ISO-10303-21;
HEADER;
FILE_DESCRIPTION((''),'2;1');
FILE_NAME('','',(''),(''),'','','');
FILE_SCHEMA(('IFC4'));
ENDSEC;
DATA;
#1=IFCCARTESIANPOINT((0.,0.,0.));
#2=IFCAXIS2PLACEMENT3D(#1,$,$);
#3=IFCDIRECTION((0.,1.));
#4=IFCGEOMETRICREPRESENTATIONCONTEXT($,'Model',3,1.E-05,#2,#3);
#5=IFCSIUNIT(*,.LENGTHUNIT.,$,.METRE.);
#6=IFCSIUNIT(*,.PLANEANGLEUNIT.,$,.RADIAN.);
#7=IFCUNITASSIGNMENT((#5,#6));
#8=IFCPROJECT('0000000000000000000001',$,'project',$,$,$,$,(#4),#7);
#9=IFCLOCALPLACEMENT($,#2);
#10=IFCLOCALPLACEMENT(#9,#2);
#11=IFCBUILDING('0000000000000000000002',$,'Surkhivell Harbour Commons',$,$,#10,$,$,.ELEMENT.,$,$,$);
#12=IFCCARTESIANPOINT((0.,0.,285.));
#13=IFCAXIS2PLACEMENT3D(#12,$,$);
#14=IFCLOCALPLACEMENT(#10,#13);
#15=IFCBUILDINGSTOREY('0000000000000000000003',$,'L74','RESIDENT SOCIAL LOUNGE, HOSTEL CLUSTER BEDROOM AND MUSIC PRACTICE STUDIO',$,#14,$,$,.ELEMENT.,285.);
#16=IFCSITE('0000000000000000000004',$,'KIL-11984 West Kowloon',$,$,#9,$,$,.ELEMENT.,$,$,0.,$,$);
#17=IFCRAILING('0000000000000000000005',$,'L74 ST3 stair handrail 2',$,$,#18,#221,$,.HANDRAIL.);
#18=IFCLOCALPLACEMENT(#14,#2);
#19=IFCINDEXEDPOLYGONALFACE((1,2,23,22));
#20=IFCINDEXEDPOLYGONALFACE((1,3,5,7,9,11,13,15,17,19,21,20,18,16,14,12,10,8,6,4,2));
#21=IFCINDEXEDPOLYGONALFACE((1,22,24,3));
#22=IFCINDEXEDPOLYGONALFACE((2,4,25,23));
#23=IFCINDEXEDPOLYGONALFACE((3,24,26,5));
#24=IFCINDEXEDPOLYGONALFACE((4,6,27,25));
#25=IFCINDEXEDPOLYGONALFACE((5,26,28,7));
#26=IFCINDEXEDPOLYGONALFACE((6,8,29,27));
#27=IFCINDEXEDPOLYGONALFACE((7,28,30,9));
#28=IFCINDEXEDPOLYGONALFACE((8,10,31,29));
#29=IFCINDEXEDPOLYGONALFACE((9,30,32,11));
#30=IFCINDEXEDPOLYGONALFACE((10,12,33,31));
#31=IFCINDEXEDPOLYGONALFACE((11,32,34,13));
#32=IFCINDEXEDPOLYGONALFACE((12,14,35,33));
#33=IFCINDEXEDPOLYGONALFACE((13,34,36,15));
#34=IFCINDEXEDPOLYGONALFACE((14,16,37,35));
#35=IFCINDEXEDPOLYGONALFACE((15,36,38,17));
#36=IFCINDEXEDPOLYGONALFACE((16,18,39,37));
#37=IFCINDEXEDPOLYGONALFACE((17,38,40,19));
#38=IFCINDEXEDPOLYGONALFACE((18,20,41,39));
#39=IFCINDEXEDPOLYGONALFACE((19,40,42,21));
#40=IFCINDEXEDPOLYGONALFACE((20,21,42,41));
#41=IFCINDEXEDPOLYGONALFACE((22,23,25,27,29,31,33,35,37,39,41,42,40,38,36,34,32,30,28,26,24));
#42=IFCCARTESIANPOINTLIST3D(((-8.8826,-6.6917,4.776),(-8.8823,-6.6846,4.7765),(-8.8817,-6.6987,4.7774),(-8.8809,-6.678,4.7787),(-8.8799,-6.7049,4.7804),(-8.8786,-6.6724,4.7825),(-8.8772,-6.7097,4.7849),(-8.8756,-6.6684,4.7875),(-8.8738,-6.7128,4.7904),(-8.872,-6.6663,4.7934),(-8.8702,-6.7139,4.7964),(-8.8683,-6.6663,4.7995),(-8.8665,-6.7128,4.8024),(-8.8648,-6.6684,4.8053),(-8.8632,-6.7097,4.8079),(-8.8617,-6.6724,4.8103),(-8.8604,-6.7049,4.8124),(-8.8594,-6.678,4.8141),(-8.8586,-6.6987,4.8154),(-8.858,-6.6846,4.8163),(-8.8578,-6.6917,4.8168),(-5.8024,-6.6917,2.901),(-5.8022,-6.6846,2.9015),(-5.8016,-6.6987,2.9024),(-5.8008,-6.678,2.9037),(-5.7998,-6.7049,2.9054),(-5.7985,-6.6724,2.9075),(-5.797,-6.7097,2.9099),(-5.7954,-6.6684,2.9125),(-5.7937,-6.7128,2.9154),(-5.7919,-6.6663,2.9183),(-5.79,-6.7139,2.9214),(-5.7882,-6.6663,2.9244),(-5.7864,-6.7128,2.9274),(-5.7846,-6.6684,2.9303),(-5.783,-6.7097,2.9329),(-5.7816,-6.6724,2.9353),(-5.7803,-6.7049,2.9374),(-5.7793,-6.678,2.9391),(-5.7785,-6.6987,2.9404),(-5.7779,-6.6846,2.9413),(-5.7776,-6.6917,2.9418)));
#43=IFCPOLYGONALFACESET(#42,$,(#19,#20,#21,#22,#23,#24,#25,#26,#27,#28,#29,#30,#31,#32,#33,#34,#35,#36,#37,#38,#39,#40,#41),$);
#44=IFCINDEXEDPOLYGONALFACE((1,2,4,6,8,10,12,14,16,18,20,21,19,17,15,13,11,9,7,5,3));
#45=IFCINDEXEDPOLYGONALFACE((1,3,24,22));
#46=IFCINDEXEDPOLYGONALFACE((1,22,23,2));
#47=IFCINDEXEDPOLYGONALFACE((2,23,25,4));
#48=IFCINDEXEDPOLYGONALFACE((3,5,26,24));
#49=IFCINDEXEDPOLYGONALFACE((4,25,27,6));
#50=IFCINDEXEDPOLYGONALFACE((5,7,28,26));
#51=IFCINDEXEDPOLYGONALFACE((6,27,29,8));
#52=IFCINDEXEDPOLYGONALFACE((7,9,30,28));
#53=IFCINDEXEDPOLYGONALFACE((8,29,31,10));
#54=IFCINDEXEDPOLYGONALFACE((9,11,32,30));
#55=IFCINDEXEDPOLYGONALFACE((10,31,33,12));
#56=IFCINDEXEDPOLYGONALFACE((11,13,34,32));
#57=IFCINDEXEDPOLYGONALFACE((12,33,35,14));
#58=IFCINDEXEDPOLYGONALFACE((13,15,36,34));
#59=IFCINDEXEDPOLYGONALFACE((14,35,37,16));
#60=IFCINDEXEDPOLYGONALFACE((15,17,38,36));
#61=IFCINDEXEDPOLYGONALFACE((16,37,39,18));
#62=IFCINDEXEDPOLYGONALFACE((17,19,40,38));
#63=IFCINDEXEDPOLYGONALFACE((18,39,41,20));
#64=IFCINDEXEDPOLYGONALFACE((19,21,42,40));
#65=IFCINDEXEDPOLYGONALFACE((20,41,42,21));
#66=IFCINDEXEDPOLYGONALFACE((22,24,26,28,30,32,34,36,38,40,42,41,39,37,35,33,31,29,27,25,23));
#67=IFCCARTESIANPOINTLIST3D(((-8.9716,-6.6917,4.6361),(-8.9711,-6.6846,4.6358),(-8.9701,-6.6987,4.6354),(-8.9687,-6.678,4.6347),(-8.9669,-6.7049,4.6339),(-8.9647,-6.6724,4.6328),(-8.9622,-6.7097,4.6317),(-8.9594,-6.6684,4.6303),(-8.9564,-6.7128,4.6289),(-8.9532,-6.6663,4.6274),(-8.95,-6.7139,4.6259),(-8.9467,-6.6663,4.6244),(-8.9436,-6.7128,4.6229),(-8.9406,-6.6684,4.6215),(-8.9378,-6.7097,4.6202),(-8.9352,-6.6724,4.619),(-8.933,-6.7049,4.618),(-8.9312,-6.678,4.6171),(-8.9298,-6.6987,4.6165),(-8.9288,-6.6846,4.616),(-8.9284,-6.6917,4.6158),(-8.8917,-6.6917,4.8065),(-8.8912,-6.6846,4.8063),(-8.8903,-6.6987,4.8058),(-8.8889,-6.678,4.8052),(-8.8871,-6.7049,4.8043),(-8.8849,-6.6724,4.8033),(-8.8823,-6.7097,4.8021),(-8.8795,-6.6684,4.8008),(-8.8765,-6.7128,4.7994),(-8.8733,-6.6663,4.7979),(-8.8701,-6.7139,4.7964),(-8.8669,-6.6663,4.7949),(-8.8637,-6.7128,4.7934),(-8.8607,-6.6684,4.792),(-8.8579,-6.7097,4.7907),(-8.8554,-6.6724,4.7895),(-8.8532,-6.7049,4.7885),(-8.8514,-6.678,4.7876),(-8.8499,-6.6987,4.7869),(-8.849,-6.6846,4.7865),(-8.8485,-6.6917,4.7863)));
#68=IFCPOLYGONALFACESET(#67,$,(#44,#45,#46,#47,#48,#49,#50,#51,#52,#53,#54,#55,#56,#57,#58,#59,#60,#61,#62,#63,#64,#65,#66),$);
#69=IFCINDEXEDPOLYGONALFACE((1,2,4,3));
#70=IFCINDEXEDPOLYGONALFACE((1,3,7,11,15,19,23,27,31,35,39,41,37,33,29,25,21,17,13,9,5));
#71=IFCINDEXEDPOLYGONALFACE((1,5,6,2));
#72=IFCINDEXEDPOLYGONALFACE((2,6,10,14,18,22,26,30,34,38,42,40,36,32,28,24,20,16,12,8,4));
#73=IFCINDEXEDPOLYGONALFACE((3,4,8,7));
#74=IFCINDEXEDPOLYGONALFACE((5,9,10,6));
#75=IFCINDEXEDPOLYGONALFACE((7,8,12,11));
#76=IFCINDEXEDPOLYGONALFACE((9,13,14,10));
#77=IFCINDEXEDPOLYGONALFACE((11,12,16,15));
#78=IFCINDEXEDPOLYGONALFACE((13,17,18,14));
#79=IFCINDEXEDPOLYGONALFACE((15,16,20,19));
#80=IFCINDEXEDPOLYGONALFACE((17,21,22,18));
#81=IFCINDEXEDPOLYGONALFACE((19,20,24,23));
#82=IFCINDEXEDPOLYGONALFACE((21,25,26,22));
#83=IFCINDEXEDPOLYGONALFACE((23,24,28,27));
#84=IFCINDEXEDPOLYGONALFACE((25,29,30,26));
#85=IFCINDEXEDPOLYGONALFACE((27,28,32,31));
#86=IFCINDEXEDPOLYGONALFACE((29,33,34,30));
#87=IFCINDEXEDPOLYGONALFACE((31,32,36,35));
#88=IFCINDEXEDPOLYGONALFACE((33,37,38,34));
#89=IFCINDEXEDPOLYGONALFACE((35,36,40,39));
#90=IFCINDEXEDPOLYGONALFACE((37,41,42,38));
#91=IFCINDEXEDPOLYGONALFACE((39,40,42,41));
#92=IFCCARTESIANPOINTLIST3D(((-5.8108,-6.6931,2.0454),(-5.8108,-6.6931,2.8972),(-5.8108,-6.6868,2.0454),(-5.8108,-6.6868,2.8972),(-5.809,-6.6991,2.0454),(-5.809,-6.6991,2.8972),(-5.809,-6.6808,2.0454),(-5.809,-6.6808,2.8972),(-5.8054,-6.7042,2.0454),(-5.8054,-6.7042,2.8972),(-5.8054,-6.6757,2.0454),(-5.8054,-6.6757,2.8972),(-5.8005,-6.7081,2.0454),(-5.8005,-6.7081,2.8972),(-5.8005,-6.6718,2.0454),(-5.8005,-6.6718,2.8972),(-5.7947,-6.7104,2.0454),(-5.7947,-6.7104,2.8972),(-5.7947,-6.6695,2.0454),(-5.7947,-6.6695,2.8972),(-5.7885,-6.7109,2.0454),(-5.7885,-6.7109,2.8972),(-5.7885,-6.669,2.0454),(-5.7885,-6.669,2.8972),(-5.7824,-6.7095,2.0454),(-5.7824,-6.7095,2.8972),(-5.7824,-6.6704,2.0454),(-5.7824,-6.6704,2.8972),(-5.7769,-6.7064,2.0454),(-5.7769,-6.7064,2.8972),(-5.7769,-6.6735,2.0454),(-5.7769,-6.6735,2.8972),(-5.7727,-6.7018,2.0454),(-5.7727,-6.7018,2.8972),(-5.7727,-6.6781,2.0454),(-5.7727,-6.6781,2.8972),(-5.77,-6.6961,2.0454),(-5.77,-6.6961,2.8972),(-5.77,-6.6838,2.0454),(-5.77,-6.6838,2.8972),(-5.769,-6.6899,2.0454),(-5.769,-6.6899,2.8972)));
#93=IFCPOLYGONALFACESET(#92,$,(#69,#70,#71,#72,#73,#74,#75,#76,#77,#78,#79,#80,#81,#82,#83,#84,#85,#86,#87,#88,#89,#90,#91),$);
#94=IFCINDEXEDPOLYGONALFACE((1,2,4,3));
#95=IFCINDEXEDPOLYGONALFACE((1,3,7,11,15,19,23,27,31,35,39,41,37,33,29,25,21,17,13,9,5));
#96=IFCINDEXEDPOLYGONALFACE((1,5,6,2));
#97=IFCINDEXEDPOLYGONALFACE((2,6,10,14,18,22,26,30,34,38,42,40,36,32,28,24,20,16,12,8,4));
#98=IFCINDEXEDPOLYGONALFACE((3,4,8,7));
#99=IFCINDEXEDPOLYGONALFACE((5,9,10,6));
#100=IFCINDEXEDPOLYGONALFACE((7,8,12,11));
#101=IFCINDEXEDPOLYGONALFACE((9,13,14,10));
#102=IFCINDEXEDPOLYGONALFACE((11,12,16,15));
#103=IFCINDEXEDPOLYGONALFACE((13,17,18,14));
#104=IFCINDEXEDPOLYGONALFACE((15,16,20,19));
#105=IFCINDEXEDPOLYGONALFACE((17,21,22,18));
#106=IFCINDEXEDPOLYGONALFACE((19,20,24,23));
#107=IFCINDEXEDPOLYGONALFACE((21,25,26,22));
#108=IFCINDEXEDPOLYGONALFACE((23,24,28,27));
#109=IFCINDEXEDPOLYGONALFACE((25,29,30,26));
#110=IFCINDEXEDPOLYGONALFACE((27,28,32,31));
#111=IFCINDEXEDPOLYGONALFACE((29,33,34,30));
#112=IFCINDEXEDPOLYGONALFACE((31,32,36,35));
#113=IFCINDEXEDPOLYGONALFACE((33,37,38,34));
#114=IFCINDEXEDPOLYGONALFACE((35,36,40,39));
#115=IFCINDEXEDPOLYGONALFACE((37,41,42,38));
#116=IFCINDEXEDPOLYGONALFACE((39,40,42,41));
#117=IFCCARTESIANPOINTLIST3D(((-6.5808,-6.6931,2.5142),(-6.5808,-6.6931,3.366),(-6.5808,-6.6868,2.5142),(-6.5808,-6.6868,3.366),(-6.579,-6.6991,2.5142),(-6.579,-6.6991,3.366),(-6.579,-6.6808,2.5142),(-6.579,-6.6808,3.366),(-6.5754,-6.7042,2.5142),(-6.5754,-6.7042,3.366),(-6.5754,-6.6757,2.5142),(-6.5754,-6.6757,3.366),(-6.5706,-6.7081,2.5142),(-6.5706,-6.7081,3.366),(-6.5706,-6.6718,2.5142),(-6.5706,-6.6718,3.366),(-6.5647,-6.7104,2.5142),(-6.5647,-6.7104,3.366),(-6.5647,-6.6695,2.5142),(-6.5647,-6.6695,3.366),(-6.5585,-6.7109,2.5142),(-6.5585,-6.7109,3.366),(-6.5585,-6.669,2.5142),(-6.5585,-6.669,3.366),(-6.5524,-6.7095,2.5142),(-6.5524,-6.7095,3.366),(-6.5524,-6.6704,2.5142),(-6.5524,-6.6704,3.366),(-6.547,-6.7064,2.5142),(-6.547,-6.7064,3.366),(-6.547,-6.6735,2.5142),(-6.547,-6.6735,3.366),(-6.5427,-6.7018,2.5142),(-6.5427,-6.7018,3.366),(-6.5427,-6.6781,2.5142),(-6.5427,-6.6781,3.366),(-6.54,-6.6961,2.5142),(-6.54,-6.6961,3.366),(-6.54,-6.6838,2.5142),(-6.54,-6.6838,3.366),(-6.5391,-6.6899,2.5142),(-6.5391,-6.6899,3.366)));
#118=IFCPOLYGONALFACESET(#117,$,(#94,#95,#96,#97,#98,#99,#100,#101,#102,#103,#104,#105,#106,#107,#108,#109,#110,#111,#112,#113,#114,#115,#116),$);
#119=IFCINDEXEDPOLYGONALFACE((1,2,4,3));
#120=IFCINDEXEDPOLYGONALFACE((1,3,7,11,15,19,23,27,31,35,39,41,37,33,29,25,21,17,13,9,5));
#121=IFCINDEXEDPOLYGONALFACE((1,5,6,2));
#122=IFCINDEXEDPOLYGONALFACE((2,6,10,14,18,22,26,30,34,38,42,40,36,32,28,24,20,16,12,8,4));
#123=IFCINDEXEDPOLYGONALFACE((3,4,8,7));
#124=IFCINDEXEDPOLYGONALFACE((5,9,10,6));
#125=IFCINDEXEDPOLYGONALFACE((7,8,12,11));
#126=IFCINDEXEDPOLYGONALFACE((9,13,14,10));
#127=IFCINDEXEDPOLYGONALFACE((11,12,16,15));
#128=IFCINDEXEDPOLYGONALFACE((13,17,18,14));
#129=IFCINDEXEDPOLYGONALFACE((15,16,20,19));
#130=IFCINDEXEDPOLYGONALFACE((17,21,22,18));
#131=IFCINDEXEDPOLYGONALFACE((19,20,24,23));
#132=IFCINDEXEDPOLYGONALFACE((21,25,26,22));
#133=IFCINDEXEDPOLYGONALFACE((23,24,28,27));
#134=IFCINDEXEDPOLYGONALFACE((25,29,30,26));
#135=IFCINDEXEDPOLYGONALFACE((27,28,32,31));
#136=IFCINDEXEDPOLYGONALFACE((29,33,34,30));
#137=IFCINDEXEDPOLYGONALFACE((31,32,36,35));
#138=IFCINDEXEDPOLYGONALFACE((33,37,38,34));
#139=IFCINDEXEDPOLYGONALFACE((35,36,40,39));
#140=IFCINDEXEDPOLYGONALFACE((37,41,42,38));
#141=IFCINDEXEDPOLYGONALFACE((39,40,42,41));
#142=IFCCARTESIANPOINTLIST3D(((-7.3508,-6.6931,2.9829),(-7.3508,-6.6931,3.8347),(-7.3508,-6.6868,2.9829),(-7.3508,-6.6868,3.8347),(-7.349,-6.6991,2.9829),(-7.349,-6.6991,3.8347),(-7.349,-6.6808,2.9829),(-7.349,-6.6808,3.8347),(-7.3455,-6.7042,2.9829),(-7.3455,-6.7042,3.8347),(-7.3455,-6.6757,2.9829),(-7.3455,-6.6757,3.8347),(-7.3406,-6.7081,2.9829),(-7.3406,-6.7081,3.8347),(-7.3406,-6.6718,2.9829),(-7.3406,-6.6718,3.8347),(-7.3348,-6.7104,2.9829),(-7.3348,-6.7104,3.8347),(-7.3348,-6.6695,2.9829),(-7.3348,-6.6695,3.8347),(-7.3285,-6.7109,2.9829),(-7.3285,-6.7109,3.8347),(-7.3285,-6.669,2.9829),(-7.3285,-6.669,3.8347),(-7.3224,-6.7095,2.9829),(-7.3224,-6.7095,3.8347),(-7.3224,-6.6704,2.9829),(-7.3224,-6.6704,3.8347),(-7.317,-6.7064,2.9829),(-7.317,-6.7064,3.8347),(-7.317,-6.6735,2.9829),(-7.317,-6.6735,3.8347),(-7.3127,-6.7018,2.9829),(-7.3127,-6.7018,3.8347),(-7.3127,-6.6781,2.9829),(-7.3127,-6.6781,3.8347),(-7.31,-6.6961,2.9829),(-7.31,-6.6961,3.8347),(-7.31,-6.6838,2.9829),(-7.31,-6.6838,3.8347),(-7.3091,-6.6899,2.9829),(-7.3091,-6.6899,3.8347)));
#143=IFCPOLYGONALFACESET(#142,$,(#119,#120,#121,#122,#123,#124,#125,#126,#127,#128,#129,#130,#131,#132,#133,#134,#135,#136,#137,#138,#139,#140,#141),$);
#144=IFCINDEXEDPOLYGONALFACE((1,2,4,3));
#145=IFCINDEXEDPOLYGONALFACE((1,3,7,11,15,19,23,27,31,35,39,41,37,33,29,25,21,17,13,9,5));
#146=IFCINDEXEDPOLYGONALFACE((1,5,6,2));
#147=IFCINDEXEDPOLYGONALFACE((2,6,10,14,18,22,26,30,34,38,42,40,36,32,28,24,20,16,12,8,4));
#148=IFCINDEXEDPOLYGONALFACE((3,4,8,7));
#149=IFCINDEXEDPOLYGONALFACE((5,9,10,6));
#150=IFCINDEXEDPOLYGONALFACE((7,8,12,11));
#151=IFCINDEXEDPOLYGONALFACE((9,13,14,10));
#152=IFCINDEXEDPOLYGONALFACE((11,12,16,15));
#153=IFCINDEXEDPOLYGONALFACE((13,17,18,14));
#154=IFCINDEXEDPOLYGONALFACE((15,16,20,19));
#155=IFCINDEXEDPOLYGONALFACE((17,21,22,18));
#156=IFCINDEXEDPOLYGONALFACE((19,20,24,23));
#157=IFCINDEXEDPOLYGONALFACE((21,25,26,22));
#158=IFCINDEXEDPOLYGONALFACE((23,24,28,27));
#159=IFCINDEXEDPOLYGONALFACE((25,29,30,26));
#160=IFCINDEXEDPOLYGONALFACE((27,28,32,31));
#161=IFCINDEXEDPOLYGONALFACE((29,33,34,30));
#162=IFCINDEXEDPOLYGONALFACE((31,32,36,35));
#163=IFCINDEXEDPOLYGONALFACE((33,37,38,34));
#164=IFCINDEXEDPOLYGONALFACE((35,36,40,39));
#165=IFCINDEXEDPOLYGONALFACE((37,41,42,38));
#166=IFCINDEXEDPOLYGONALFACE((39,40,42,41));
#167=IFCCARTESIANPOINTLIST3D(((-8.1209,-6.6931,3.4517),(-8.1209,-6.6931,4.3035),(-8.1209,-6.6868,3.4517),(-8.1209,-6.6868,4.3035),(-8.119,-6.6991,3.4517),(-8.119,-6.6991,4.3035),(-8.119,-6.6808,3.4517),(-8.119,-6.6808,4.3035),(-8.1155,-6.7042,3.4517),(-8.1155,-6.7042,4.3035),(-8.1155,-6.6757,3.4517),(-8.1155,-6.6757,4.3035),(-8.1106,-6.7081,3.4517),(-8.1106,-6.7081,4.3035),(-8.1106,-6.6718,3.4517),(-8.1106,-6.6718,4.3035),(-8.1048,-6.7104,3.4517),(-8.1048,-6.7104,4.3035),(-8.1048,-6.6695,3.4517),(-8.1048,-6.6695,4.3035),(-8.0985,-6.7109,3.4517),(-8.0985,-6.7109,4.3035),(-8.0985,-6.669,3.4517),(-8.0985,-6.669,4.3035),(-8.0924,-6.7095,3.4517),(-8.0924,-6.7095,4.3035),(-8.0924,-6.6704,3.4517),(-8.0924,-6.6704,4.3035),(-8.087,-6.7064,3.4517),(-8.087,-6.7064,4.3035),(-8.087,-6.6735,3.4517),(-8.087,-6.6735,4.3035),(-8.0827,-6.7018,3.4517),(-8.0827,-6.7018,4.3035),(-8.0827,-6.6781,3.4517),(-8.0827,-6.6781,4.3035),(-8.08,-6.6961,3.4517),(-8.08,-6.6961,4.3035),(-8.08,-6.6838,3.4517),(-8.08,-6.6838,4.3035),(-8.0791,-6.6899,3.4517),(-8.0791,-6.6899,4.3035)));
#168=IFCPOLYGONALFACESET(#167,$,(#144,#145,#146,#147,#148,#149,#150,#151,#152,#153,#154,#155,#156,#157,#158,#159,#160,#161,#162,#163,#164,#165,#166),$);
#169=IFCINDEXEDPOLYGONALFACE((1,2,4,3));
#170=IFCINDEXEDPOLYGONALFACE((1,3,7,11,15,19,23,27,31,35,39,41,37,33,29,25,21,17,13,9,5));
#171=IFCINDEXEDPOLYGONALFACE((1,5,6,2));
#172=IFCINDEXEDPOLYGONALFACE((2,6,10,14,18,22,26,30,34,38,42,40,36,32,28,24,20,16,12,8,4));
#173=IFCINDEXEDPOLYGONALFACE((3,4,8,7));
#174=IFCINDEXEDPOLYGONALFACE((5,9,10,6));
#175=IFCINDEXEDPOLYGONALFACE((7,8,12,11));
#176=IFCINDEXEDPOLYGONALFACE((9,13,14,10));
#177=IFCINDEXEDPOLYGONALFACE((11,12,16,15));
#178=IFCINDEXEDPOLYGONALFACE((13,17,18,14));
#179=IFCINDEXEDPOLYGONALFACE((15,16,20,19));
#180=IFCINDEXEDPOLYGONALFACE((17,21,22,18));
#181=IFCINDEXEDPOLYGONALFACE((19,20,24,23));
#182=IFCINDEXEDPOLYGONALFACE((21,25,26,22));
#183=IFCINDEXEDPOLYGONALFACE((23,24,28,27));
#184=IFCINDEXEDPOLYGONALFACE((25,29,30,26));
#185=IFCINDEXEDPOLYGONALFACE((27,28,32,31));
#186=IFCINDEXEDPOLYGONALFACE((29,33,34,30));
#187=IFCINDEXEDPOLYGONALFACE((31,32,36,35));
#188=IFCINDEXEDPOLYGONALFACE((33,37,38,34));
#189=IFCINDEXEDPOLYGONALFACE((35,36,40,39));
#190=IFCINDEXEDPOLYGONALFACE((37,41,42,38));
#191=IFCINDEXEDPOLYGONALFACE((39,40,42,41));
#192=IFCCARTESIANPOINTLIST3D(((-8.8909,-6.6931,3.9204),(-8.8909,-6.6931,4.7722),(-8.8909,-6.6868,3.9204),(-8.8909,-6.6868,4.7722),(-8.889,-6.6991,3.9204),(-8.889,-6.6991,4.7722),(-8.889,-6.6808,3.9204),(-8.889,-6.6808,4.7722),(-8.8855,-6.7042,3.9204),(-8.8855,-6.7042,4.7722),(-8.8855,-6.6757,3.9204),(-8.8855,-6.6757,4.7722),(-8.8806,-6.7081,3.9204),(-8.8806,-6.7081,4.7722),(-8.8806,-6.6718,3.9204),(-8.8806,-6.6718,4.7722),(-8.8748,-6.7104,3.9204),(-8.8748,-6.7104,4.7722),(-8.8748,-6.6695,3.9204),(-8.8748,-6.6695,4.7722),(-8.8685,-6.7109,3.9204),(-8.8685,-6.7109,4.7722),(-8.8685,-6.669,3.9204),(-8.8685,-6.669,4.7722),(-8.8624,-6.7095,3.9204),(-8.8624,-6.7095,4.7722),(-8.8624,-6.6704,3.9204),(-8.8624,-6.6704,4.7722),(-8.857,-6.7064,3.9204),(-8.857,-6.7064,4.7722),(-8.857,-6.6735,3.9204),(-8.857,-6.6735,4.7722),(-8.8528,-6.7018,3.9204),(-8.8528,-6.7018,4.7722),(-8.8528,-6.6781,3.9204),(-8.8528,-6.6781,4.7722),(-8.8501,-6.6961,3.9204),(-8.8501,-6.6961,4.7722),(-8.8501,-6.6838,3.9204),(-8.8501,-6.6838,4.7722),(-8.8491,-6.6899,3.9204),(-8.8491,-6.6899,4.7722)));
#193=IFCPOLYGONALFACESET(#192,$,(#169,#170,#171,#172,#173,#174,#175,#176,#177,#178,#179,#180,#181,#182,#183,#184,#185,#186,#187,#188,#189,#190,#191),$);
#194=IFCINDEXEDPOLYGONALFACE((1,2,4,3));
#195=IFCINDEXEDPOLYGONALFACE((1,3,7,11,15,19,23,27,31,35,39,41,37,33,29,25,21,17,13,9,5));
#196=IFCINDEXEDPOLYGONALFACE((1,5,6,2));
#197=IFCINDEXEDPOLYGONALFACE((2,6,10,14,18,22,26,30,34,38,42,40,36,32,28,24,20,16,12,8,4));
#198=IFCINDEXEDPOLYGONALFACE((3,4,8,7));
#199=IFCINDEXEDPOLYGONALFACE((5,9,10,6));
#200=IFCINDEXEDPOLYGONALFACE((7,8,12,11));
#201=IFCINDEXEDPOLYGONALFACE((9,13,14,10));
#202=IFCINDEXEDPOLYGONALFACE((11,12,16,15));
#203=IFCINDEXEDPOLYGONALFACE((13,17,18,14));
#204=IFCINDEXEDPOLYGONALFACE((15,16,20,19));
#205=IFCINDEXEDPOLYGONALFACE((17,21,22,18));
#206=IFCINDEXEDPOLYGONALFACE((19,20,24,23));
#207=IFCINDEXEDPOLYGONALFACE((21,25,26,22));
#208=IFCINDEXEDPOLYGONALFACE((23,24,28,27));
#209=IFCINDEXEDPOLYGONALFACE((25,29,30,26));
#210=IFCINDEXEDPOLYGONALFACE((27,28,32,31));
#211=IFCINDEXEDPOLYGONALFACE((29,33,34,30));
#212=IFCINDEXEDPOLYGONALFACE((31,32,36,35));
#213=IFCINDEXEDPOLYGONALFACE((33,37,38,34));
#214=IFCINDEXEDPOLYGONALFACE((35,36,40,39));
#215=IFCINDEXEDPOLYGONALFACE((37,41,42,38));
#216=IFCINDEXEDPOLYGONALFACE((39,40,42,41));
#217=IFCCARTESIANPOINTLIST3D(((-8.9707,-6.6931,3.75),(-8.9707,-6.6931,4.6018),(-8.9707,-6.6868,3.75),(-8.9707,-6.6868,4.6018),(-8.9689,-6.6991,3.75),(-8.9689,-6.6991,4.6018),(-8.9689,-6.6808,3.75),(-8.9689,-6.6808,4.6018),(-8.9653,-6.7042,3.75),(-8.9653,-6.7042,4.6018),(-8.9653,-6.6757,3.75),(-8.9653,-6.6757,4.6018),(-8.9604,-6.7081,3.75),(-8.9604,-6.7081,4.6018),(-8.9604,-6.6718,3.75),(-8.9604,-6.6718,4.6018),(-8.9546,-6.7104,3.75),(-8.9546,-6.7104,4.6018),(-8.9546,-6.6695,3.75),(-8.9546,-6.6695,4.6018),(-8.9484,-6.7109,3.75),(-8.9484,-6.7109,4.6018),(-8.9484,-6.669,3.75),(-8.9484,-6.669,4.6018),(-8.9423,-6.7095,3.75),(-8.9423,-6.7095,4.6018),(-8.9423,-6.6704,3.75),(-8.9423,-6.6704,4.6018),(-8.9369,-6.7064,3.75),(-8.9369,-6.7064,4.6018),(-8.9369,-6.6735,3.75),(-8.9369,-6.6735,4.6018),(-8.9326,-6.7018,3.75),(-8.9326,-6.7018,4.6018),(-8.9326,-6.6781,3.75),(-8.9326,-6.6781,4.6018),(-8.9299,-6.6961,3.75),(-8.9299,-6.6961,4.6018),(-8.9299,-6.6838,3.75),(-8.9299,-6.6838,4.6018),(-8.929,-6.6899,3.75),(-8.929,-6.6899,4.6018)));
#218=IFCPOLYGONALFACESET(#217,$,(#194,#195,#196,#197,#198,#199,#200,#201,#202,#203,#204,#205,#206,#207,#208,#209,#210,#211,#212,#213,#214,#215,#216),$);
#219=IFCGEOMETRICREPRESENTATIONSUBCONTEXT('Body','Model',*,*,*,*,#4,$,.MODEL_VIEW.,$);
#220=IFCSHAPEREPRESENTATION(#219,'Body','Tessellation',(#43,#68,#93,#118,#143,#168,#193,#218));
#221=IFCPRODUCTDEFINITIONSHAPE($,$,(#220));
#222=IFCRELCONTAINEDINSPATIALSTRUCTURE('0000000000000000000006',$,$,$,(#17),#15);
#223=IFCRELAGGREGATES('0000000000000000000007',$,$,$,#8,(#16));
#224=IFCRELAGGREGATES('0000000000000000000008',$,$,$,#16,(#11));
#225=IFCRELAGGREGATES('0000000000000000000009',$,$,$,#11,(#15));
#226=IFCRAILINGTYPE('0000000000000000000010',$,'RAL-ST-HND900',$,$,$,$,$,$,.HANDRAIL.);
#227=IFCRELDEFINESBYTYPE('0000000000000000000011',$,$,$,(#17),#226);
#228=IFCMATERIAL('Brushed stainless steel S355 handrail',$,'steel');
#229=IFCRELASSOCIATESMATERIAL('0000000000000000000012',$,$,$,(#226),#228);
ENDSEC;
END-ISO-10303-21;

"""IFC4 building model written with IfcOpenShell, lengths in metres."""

from ifc_helpers import new_model, si_unit, direction, frame, origin, origin_2d, place, context, subcontext, project, spatial, circle, extrude, material, type_object, element, save


model = new_model("IFC4")

# Units and contexts
model_context = context("Model", 3, precision=1e-05, world=origin(), true_north=direction((0.0, 1.0)))
body_context = subcontext(model_context, "Body", "Model", "MODEL_VIEW")
ifc_project = project(units=[si_unit("LENGTHUNIT", "METRE"), si_unit("PLANEANGLEUNIT", "RADIAN")], contexts=[model_context])

# Site, building, storey
site_placement = place(None, origin())
site = spatial("IfcSite", under=ifc_project, at=site_placement, Name="KIL-11984 West Kowloon", CompositionType="ELEMENT", RefElevation=0.0)
building_placement = place(site_placement, origin())
building = spatial("IfcBuilding", under=site, at=building_placement, Name="Surkhivell Harbour Commons", CompositionType="ELEMENT")
storey_placement = place(building_placement, frame((0.0, 0.0, 285.0)))
storey = spatial("IfcBuildingStorey", under=building, at=storey_placement, Name="L74", Description="RESIDENT SOCIAL LOUNGE, HOSTEL CLUSTER BEDROOM AND MUSIC PRACTICE STUDIO", CompositionType="ELEMENT", Elevation=285.0)

# Railing
ifc_material_1 = material(Name="Brushed stainless steel S355 handrail", Category="steel")
railing_type_1 = type_object("IfcRailingType", Name="RAL-ST-HND900", PredefinedType="HANDRAIL", material=ifc_material_1)
railing_1_placement = place(storey_placement, frame((-5.79, -6.6899, 2.0454)))
element("IfcRailing", 1, at=railing_1_placement, inside=storey, type_object=railing_type_1, Name="L74 ST3 stair handrail 2", PredefinedType="HANDRAIL", context=body_context, shape_type="SweptSolid", body=[
    extrude(circle(Radius=0.0239, at=origin_2d()), frame((0.0, 0.0, 0.876), z_axis=(-0.854178, 0.0, 0.519981), x_axis=(0.0, -1.0, 0.0)), (0.0, 0.0, 1.0), 3.606),
    extrude(circle(Radius=0.0239, at=origin_2d()), frame((-3.0801, 0.0, 2.751), z_axis=(-0.424234, 0.0, -0.905552), x_axis=(0.0, -1.0, 0.0)), (0.0, 0.0, 1.0), 0.1882),
    extrude(circle(Radius=0.021, at=origin_2d()), origin(), (0.0, 0.0, 1.0), 0.8518),
    extrude(circle(Radius=0.021, at=origin_2d()), frame((-0.77, 0.0, 0.4688)), (0.0, 0.0, 1.0), 0.8518),
    extrude(circle(Radius=0.021, at=origin_2d()), frame((-1.54, 0.0, 0.9375)), (0.0, 0.0, 1.0), 0.8518),
    extrude(circle(Radius=0.021, at=origin_2d()), frame((-2.3101, 0.0, 1.4062)), (0.0, 0.0, 1.0), 0.8518),
    extrude(circle(Radius=0.021, at=origin_2d()), frame((-3.0801, 0.0, 1.875)), (0.0, 0.0, 1.0), 0.8518),
    extrude(circle(Radius=0.021, at=origin_2d()), frame((-3.1599, 0.0, 1.7046)), (0.0, 0.0, 1.0), 0.8518),
])

save(model, "model.ifc")
